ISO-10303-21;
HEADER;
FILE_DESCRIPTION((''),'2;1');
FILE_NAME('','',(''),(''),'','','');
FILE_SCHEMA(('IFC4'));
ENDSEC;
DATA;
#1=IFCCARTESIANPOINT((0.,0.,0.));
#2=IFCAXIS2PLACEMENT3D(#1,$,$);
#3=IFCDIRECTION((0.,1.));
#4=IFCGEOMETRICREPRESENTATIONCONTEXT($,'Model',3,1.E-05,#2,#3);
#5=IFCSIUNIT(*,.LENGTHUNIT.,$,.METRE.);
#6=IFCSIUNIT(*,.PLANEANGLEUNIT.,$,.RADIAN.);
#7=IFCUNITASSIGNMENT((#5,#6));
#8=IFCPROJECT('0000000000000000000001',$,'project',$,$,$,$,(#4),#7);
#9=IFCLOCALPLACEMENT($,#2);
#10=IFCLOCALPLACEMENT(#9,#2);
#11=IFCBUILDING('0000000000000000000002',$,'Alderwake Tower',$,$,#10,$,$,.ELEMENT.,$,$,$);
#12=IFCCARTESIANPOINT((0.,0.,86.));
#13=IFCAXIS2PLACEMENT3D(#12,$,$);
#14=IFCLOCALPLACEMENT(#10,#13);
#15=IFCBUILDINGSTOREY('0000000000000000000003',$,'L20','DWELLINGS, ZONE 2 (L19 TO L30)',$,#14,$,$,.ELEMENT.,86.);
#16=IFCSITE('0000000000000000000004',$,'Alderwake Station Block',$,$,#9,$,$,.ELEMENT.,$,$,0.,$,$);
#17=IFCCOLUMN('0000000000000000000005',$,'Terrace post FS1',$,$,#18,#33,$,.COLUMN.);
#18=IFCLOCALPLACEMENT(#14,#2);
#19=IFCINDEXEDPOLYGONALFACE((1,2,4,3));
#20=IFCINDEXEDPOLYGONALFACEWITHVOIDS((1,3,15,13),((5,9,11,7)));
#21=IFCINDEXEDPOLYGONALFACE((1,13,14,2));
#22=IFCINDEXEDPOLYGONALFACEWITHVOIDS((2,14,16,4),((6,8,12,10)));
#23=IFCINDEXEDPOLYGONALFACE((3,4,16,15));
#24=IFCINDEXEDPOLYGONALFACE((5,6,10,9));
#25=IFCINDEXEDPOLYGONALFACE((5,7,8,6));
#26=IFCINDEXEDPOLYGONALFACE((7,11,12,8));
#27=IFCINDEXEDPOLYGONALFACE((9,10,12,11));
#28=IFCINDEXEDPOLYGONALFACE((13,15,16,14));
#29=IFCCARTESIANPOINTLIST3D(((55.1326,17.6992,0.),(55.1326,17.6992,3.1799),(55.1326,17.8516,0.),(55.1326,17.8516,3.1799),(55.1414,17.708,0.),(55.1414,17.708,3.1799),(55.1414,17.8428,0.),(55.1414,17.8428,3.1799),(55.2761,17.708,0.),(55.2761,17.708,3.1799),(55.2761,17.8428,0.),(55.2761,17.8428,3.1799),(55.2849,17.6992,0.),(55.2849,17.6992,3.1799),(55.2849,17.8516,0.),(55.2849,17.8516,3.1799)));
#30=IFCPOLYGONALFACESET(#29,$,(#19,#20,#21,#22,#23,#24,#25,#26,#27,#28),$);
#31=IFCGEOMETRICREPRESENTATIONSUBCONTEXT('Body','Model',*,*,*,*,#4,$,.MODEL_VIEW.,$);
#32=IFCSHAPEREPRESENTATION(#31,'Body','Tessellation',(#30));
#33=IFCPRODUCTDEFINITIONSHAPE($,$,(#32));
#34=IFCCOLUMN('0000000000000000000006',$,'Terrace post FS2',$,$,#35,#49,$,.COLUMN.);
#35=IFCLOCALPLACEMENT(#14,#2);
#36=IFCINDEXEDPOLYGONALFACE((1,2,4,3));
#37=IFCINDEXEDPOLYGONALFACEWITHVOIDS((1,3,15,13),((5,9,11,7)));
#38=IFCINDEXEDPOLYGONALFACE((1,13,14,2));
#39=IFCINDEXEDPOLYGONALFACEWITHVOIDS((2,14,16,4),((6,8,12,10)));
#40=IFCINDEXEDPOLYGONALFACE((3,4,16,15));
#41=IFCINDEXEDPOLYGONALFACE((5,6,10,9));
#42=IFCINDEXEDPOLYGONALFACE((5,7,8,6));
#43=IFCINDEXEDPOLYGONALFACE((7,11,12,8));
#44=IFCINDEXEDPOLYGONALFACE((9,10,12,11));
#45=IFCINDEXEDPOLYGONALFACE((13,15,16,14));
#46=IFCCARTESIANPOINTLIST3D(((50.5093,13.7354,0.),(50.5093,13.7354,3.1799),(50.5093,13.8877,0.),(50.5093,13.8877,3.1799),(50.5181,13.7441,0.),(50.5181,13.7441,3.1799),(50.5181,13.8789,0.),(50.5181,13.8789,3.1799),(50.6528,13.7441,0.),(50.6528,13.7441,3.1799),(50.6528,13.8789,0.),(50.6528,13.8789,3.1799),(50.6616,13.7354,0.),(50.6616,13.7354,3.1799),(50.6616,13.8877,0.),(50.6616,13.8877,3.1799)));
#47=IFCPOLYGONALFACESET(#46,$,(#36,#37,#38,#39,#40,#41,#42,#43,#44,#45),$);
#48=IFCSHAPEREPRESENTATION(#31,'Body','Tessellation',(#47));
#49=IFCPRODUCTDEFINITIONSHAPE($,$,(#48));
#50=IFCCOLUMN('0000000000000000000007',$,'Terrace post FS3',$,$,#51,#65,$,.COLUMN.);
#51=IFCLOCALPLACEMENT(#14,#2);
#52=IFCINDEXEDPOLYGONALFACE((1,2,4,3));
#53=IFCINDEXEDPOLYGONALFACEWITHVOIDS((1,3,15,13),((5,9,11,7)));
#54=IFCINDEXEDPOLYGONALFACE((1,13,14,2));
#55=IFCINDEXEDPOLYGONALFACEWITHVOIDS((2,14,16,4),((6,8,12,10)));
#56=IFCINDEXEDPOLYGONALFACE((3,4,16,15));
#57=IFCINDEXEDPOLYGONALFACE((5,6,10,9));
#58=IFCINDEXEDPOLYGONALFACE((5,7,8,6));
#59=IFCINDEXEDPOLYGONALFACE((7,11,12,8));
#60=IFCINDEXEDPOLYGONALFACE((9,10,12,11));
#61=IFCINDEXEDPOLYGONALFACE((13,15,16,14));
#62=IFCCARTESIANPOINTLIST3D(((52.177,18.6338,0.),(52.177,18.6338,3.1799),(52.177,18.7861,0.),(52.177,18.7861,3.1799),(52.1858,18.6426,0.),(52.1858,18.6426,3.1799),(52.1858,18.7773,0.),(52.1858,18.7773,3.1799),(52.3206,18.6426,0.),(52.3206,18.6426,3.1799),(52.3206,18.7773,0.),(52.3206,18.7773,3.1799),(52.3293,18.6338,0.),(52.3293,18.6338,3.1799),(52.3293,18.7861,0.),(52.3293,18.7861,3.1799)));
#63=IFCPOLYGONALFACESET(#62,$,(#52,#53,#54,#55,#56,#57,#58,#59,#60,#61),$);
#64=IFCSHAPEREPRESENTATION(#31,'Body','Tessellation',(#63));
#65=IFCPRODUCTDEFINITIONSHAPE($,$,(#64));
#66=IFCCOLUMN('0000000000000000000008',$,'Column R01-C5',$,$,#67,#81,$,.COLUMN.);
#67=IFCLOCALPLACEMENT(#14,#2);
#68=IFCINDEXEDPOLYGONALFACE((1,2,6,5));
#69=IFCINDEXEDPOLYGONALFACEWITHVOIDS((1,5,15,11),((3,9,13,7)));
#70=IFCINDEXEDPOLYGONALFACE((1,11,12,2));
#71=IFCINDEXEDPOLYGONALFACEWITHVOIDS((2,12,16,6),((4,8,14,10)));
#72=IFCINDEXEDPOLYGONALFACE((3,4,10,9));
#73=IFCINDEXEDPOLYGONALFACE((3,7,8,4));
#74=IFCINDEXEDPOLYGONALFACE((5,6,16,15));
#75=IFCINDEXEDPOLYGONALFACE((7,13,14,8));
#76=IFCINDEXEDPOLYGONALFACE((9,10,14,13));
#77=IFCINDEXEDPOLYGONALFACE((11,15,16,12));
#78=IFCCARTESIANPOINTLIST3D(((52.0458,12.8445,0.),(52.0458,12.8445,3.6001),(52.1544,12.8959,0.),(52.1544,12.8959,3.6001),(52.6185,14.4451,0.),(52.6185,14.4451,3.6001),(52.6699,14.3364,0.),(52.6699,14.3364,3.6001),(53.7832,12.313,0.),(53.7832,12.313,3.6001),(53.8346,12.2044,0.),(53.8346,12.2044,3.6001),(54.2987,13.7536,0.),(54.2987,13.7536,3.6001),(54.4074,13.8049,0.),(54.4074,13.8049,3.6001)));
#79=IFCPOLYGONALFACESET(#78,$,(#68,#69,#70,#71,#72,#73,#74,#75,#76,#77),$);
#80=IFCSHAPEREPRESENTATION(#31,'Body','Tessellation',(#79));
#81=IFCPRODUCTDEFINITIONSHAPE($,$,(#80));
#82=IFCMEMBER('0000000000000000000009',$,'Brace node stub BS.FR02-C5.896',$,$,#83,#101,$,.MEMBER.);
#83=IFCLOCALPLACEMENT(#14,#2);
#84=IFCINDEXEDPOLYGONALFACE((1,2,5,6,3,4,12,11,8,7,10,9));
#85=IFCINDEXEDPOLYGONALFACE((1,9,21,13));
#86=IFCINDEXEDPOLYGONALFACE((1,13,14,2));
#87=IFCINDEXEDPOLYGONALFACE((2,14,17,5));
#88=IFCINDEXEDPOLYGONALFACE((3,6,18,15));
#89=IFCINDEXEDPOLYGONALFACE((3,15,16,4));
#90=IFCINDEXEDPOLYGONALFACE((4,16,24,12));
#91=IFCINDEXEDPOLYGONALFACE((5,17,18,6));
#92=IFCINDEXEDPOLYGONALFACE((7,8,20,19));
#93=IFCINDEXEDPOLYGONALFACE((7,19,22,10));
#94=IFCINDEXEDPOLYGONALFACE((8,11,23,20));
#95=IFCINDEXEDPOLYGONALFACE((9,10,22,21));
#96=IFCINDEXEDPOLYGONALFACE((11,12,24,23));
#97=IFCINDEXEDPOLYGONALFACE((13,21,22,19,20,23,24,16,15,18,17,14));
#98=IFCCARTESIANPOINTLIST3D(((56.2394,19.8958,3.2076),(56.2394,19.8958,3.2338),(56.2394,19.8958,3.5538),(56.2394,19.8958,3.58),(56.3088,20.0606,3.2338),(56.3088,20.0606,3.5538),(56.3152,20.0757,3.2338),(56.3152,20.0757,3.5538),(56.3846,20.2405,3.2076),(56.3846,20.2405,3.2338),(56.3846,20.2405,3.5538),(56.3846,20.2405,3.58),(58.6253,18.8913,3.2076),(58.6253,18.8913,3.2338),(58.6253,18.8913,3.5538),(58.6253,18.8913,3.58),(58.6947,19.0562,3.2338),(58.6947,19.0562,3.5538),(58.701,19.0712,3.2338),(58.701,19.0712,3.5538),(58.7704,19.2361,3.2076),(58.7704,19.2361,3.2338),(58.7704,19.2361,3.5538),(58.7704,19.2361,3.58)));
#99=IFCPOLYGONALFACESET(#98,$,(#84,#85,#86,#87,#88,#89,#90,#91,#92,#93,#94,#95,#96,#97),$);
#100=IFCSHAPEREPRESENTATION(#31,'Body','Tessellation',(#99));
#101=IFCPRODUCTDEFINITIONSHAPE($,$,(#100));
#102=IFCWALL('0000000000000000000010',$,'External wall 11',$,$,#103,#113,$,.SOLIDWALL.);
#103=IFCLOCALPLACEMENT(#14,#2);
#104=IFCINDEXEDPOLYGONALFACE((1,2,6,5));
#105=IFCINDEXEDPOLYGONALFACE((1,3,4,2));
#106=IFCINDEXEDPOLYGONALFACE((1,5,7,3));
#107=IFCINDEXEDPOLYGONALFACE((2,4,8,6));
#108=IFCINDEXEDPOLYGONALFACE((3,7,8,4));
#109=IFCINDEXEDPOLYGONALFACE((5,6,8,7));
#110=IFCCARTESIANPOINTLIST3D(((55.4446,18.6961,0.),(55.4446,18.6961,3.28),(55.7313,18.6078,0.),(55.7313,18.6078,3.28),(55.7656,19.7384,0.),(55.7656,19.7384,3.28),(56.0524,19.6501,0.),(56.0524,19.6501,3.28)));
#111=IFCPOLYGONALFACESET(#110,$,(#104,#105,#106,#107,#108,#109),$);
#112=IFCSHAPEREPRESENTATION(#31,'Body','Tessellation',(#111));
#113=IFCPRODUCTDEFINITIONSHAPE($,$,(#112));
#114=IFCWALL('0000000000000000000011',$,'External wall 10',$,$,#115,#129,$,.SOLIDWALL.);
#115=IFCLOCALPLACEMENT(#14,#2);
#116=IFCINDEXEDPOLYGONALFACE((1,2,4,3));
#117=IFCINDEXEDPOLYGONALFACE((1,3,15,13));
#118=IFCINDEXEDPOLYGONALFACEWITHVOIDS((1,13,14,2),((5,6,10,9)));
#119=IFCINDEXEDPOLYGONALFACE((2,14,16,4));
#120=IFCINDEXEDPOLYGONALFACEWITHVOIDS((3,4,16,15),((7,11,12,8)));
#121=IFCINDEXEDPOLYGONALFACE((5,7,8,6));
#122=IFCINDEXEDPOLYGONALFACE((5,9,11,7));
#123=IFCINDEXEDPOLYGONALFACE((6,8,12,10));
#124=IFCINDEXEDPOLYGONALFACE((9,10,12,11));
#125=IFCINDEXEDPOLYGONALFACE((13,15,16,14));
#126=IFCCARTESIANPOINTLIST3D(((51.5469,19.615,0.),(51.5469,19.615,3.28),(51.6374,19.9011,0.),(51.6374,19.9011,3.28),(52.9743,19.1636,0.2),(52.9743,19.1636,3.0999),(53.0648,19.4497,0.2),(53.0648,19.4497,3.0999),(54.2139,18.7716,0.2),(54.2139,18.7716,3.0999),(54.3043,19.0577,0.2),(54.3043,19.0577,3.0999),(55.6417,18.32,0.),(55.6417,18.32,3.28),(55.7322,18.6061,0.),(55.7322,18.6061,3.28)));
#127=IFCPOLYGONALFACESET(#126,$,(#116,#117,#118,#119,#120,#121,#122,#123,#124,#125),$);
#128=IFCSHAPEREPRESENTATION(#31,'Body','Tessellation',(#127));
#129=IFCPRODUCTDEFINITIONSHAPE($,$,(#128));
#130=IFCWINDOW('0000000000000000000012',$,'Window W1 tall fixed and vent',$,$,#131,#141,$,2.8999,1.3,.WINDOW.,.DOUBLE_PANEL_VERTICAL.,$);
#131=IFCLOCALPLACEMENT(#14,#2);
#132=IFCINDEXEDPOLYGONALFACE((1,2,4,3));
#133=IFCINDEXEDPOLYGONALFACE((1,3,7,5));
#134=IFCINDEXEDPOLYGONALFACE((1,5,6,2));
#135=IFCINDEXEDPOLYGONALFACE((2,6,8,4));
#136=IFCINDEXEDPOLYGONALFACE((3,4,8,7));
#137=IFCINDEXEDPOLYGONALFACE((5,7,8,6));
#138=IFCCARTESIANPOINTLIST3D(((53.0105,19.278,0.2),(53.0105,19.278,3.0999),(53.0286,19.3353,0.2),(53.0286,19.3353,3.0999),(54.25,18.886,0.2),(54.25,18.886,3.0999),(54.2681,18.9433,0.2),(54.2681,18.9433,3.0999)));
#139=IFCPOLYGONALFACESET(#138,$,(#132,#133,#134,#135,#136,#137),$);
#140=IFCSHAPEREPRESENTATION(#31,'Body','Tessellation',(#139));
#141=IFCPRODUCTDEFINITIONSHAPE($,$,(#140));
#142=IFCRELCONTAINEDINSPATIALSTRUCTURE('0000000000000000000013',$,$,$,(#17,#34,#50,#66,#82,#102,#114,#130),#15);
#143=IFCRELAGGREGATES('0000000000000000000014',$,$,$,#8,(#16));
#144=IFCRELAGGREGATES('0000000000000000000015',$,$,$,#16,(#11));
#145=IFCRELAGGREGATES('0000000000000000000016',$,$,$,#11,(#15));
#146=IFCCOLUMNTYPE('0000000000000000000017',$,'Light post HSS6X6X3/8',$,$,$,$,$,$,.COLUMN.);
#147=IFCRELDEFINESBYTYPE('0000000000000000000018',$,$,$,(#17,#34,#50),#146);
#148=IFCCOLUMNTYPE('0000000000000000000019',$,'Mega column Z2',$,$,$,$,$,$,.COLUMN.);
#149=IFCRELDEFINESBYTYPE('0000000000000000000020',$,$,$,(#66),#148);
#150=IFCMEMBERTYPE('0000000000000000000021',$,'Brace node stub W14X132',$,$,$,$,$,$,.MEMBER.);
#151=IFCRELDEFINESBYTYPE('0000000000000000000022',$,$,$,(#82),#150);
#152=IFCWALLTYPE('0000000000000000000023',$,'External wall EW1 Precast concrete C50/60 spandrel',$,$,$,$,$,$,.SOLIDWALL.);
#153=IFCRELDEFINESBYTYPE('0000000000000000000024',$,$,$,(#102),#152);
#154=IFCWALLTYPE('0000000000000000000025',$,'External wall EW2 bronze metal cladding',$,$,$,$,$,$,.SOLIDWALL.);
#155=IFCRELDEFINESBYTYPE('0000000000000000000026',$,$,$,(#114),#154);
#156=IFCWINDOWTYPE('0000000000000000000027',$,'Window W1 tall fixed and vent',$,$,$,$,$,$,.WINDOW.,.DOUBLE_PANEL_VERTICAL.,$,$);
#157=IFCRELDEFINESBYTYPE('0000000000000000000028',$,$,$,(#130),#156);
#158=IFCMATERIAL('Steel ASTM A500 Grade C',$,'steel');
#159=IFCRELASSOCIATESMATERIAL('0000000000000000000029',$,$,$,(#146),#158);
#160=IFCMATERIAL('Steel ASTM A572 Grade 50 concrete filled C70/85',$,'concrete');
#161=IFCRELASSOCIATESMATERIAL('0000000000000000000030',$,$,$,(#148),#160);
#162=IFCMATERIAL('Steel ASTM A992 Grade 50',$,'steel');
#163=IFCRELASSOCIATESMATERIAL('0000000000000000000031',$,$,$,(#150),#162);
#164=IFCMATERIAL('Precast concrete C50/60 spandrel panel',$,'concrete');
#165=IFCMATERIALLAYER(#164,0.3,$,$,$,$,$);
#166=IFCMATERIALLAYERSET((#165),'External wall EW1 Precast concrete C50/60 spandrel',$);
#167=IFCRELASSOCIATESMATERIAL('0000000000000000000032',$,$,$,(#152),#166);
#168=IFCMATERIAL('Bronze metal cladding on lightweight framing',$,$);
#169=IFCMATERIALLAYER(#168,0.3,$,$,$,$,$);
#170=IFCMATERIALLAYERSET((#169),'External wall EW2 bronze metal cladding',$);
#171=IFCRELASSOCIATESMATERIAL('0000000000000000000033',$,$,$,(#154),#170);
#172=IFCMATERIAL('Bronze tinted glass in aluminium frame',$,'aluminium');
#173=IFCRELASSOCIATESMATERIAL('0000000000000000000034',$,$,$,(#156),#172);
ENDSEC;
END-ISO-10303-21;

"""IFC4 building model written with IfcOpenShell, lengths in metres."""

from ifc_helpers import new_model, si_unit, direction, frame, frame_2d, origin, origin_2d, place, context, subcontext, project, spatial, rectangle, hollow_rectangle, i_section, extrude, material, layer, layer_set, material_profile, profile_set, type_object, element, fill, save


model = new_model("IFC4")

# Units and contexts
model_context = context("Model", 3, precision=1e-05, world=origin(), true_north=direction((0.0, 1.0)))
body_context = subcontext(model_context, "Body", "Model", "MODEL_VIEW")
ifc_project = project(units=[si_unit("LENGTHUNIT", "METRE"), si_unit("PLANEANGLEUNIT", "RADIAN")], contexts=[model_context])

# Site, building, storey
site_placement = place(None, origin())
site = spatial("IfcSite", under=ifc_project, at=site_placement, Name="Alderwake Station Block", CompositionType="ELEMENT", RefElevation=0.0)
building_placement = place(site_placement, origin())
building = spatial("IfcBuilding", under=site, at=building_placement, Name="Alderwake Tower", CompositionType="ELEMENT")
storey_placement = place(building_placement, frame((0.0, 0.0, 86.0)))
storey = spatial("IfcBuildingStorey", under=building, at=storey_placement, Name="L20", Description="DWELLINGS, ZONE 2 (L19 TO L30)", CompositionType="ELEMENT", Elevation=86.0)

# Columns
ifc_material_1 = material(Name="Steel ASTM A500 Grade C", Category="steel")
ifc_material_profile_1 = material_profile(ifc_material_1, hollow_rectangle(XDim=0.1523, YDim=0.1523, WallThickness=0.0088, at=origin_2d()), Name="HSS6X6X3/8")
ifc_profile_set_1 = profile_set([ifc_material_profile_1], Name="Steel ASTM A500 Grade C")
column_type_1 = type_object("IfcColumnType", Name="Light post HSS6X6X3/8", PredefinedType="COLUMN", material=ifc_profile_set_1)
for number, where, z_axis, x_axis, name in (
    (1, (55.2087, 17.7754, 0.0), (0.0, 0.0, 1.0), (1.0, 0.0, 0.0), "Terrace post FS1"),
    (2, (50.5854, 13.8115, 0.0), (0.0, 0.0, 1.0), (1.0, 0.0, 0.0), "Terrace post FS2"),
    (3, (52.2532, 18.71, 0.0), (0.0, 0.0, 1.0), (1.0, 0.0, 0.0), "Terrace post FS3"),
):
    element("IfcColumn", number, at=place(storey_placement, frame(where, z_axis=z_axis, x_axis=x_axis)), inside=storey, type_object=column_type_1, Name=name, PredefinedType="COLUMN", context=body_context, shape_type="SweptSolid", body=[
        extrude(hollow_rectangle(XDim=0.1523, YDim=0.1523, WallThickness=0.0088, at=origin_2d()), origin(), (0.0, 0.0, 1.0), 3.1799),
    ])
ifc_material_2 = material(Name="Steel ASTM A572 Grade 50 concrete filled C70/85", Category="concrete")
ifc_material_profile_2 = material_profile(ifc_material_2, hollow_rectangle(XDim=1.7, YDim=1.8999, WallThickness=0.085, at=origin_2d()), Name="BOX 1900X1700X85")
ifc_profile_set_2 = profile_set([ifc_material_profile_2], Name="Steel ASTM A572 Grade 50 concrete filled C70/85")
column_type_2 = type_object("IfcColumnType", Name="Mega column Z2", PredefinedType="COLUMN", material=ifc_profile_set_2)
column_placement = place(storey_placement, frame((53.2266, 13.3247, 0.0), z_axis=(0.0, 0.0, 1.0), x_axis=(0.336929, 0.94153, 0.0)))
element("IfcColumn", 4, at=column_placement, inside=storey, type_object=column_type_2, Name="Column R01-C5", PredefinedType="COLUMN", context=body_context, shape_type="SweptSolid", body=[
    extrude(hollow_rectangle(XDim=1.7, YDim=1.8999, WallThickness=0.085, at=origin_2d()), origin(), (0.0, 0.0, 1.0), 3.6001),
])

# Member
ifc_material_3 = material(Name="Steel ASTM A992 Grade 50", Category="steel")
ifc_material_profile_3 = material_profile(ifc_material_3, i_section(OverallWidth=0.374, OverallDepth=0.3723, WebThickness=0.0164, FlangeThickness=0.0261, at=origin_2d()), Name="W14X132")
ifc_profile_set_3 = profile_set([ifc_material_profile_3], Name="Steel ASTM A992 Grade 50")
member_type = type_object("IfcMemberType", Name="Brace node stub W14X132", PredefinedType="MEMBER", material=ifc_profile_set_3)
member_placement = place(storey_placement, frame((56.312, 20.0681, 3.3938), z_axis=(0.921653, -0.388015, 0.0), x_axis=(0.388015, 0.921653, 0.0)))
element("IfcMember", 5, at=member_placement, inside=storey, type_object=member_type, Name="Brace node stub BS.FR02-C5.896", PredefinedType="MEMBER", context=body_context, shape_type="SweptSolid", body=[
    extrude(i_section(OverallWidth=0.374, OverallDepth=0.3723, WebThickness=0.0164, FlangeThickness=0.0261, at=origin_2d()), origin(), (0.0, 0.0, 1.0), 2.5886),
])

# Wall
ifc_material_4 = material(Name="Precast concrete C50/60 spandrel panel", Category="concrete")
ifc_layer_1 = layer(ifc_material_4, 0.3)
ifc_layer_set_1 = layer_set([ifc_layer_1], Name="External wall EW1 Precast concrete C50/60 spandrel")
wall_type_1 = type_object("IfcWallType", Name="External wall EW1 Precast concrete C50/60 spandrel", PredefinedType="SOLIDWALL", material=ifc_layer_set_1)
wall_1_placement = place(storey_placement, frame((55.5879, 18.6519, 0.0), z_axis=(0.0, 0.0, 1.0), x_axis=(0.294385, 0.955687, 0.0)))
element("IfcWall", 6, at=wall_1_placement, inside=storey, type_object=wall_type_1, Name="External wall 11", PredefinedType="SOLIDWALL", context=body_context, shape_type="SweptSolid", body=[
    extrude(rectangle(XDim=1.0906, YDim=0.3, at=frame_2d((0.5454, 0.0))), origin(), (0.0, 0.0, 1.0), 3.28),
])

# Shared definitions
ifc_material_5 = material(Name="Bronze metal cladding on lightweight framing")
ifc_layer_2 = layer(ifc_material_5, 0.3)
ifc_layer_set_2 = layer_set([ifc_layer_2], Name="External wall EW2 bronze metal cladding")
wall_type_2 = type_object("IfcWallType", Name="External wall EW2 bronze metal cladding", PredefinedType="SOLIDWALL", material=ifc_layer_set_2)
ifc_material_6 = material(Name="Bronze tinted glass in aluminium frame", Category="aluminium")
window_type = type_object("IfcWindowType", Name="Window W1 tall fixed and vent", PartitioningType="DOUBLE_PANEL_VERTICAL", PredefinedType="WINDOW", material=ifc_material_6)

# Wall, opening, window
wall_2_placement = place(storey_placement, frame((51.592, 19.7581, 0.0), z_axis=(0.0, 0.0, 1.0), x_axis=(0.953459, -0.301523, 0.0)))
wall_2 = element("IfcWall", 7, at=wall_2_placement, inside=storey, type_object=wall_type_2, Name="External wall 10", PredefinedType="SOLIDWALL", context=body_context, shape_type="SweptSolid", body=[
    extrude(rectangle(XDim=4.2947, YDim=0.3, at=frame_2d((2.1475, 0.0))), origin(), (0.0, 0.0, 1.0), 3.28),
])
opening_1_placement = place(wall_2_placement, frame((1.4973, 0.0, 0.2)))
opening_1 = element("IfcOpeningElement", 8, at=opening_1_placement, cuts=wall_2, PredefinedType="OPENING", context=body_context, shape_type="SweptSolid", body=[
    extrude(rectangle(XDim=1.3, YDim=2.8999, at=frame_2d((0.6499, 1.45))), frame((0.0, 0.1599, 0.0), z_axis=(0.0, -1.0, 0.0), x_axis=(1.0, 0.0, 0.0)), (0.0, 0.0, 1.0), 0.3201),
])
window_1_placement = place(opening_1_placement, origin())
window_1 = element("IfcWindow", 9, at=window_1_placement, inside=storey, type_object=window_type, Name="Window W1 tall fixed and vent", OverallHeight=2.8999, OverallWidth=1.3, PartitioningType="DOUBLE_PANEL_VERTICAL", PredefinedType="WINDOW", context=body_context, shape_type="SweptSolid", body=[
    extrude(rectangle(XDim=1.3, YDim=2.8999, at=frame_2d((0.6499, 1.45))), frame((0.0, 0.03, 0.0), z_axis=(0.0, -1.0, 0.0), x_axis=(1.0, 0.0, 0.0)), (0.0, 0.0, 1.0), 0.0601),
])
fill(opening_1, window_1)

save(model, "model.ifc")
